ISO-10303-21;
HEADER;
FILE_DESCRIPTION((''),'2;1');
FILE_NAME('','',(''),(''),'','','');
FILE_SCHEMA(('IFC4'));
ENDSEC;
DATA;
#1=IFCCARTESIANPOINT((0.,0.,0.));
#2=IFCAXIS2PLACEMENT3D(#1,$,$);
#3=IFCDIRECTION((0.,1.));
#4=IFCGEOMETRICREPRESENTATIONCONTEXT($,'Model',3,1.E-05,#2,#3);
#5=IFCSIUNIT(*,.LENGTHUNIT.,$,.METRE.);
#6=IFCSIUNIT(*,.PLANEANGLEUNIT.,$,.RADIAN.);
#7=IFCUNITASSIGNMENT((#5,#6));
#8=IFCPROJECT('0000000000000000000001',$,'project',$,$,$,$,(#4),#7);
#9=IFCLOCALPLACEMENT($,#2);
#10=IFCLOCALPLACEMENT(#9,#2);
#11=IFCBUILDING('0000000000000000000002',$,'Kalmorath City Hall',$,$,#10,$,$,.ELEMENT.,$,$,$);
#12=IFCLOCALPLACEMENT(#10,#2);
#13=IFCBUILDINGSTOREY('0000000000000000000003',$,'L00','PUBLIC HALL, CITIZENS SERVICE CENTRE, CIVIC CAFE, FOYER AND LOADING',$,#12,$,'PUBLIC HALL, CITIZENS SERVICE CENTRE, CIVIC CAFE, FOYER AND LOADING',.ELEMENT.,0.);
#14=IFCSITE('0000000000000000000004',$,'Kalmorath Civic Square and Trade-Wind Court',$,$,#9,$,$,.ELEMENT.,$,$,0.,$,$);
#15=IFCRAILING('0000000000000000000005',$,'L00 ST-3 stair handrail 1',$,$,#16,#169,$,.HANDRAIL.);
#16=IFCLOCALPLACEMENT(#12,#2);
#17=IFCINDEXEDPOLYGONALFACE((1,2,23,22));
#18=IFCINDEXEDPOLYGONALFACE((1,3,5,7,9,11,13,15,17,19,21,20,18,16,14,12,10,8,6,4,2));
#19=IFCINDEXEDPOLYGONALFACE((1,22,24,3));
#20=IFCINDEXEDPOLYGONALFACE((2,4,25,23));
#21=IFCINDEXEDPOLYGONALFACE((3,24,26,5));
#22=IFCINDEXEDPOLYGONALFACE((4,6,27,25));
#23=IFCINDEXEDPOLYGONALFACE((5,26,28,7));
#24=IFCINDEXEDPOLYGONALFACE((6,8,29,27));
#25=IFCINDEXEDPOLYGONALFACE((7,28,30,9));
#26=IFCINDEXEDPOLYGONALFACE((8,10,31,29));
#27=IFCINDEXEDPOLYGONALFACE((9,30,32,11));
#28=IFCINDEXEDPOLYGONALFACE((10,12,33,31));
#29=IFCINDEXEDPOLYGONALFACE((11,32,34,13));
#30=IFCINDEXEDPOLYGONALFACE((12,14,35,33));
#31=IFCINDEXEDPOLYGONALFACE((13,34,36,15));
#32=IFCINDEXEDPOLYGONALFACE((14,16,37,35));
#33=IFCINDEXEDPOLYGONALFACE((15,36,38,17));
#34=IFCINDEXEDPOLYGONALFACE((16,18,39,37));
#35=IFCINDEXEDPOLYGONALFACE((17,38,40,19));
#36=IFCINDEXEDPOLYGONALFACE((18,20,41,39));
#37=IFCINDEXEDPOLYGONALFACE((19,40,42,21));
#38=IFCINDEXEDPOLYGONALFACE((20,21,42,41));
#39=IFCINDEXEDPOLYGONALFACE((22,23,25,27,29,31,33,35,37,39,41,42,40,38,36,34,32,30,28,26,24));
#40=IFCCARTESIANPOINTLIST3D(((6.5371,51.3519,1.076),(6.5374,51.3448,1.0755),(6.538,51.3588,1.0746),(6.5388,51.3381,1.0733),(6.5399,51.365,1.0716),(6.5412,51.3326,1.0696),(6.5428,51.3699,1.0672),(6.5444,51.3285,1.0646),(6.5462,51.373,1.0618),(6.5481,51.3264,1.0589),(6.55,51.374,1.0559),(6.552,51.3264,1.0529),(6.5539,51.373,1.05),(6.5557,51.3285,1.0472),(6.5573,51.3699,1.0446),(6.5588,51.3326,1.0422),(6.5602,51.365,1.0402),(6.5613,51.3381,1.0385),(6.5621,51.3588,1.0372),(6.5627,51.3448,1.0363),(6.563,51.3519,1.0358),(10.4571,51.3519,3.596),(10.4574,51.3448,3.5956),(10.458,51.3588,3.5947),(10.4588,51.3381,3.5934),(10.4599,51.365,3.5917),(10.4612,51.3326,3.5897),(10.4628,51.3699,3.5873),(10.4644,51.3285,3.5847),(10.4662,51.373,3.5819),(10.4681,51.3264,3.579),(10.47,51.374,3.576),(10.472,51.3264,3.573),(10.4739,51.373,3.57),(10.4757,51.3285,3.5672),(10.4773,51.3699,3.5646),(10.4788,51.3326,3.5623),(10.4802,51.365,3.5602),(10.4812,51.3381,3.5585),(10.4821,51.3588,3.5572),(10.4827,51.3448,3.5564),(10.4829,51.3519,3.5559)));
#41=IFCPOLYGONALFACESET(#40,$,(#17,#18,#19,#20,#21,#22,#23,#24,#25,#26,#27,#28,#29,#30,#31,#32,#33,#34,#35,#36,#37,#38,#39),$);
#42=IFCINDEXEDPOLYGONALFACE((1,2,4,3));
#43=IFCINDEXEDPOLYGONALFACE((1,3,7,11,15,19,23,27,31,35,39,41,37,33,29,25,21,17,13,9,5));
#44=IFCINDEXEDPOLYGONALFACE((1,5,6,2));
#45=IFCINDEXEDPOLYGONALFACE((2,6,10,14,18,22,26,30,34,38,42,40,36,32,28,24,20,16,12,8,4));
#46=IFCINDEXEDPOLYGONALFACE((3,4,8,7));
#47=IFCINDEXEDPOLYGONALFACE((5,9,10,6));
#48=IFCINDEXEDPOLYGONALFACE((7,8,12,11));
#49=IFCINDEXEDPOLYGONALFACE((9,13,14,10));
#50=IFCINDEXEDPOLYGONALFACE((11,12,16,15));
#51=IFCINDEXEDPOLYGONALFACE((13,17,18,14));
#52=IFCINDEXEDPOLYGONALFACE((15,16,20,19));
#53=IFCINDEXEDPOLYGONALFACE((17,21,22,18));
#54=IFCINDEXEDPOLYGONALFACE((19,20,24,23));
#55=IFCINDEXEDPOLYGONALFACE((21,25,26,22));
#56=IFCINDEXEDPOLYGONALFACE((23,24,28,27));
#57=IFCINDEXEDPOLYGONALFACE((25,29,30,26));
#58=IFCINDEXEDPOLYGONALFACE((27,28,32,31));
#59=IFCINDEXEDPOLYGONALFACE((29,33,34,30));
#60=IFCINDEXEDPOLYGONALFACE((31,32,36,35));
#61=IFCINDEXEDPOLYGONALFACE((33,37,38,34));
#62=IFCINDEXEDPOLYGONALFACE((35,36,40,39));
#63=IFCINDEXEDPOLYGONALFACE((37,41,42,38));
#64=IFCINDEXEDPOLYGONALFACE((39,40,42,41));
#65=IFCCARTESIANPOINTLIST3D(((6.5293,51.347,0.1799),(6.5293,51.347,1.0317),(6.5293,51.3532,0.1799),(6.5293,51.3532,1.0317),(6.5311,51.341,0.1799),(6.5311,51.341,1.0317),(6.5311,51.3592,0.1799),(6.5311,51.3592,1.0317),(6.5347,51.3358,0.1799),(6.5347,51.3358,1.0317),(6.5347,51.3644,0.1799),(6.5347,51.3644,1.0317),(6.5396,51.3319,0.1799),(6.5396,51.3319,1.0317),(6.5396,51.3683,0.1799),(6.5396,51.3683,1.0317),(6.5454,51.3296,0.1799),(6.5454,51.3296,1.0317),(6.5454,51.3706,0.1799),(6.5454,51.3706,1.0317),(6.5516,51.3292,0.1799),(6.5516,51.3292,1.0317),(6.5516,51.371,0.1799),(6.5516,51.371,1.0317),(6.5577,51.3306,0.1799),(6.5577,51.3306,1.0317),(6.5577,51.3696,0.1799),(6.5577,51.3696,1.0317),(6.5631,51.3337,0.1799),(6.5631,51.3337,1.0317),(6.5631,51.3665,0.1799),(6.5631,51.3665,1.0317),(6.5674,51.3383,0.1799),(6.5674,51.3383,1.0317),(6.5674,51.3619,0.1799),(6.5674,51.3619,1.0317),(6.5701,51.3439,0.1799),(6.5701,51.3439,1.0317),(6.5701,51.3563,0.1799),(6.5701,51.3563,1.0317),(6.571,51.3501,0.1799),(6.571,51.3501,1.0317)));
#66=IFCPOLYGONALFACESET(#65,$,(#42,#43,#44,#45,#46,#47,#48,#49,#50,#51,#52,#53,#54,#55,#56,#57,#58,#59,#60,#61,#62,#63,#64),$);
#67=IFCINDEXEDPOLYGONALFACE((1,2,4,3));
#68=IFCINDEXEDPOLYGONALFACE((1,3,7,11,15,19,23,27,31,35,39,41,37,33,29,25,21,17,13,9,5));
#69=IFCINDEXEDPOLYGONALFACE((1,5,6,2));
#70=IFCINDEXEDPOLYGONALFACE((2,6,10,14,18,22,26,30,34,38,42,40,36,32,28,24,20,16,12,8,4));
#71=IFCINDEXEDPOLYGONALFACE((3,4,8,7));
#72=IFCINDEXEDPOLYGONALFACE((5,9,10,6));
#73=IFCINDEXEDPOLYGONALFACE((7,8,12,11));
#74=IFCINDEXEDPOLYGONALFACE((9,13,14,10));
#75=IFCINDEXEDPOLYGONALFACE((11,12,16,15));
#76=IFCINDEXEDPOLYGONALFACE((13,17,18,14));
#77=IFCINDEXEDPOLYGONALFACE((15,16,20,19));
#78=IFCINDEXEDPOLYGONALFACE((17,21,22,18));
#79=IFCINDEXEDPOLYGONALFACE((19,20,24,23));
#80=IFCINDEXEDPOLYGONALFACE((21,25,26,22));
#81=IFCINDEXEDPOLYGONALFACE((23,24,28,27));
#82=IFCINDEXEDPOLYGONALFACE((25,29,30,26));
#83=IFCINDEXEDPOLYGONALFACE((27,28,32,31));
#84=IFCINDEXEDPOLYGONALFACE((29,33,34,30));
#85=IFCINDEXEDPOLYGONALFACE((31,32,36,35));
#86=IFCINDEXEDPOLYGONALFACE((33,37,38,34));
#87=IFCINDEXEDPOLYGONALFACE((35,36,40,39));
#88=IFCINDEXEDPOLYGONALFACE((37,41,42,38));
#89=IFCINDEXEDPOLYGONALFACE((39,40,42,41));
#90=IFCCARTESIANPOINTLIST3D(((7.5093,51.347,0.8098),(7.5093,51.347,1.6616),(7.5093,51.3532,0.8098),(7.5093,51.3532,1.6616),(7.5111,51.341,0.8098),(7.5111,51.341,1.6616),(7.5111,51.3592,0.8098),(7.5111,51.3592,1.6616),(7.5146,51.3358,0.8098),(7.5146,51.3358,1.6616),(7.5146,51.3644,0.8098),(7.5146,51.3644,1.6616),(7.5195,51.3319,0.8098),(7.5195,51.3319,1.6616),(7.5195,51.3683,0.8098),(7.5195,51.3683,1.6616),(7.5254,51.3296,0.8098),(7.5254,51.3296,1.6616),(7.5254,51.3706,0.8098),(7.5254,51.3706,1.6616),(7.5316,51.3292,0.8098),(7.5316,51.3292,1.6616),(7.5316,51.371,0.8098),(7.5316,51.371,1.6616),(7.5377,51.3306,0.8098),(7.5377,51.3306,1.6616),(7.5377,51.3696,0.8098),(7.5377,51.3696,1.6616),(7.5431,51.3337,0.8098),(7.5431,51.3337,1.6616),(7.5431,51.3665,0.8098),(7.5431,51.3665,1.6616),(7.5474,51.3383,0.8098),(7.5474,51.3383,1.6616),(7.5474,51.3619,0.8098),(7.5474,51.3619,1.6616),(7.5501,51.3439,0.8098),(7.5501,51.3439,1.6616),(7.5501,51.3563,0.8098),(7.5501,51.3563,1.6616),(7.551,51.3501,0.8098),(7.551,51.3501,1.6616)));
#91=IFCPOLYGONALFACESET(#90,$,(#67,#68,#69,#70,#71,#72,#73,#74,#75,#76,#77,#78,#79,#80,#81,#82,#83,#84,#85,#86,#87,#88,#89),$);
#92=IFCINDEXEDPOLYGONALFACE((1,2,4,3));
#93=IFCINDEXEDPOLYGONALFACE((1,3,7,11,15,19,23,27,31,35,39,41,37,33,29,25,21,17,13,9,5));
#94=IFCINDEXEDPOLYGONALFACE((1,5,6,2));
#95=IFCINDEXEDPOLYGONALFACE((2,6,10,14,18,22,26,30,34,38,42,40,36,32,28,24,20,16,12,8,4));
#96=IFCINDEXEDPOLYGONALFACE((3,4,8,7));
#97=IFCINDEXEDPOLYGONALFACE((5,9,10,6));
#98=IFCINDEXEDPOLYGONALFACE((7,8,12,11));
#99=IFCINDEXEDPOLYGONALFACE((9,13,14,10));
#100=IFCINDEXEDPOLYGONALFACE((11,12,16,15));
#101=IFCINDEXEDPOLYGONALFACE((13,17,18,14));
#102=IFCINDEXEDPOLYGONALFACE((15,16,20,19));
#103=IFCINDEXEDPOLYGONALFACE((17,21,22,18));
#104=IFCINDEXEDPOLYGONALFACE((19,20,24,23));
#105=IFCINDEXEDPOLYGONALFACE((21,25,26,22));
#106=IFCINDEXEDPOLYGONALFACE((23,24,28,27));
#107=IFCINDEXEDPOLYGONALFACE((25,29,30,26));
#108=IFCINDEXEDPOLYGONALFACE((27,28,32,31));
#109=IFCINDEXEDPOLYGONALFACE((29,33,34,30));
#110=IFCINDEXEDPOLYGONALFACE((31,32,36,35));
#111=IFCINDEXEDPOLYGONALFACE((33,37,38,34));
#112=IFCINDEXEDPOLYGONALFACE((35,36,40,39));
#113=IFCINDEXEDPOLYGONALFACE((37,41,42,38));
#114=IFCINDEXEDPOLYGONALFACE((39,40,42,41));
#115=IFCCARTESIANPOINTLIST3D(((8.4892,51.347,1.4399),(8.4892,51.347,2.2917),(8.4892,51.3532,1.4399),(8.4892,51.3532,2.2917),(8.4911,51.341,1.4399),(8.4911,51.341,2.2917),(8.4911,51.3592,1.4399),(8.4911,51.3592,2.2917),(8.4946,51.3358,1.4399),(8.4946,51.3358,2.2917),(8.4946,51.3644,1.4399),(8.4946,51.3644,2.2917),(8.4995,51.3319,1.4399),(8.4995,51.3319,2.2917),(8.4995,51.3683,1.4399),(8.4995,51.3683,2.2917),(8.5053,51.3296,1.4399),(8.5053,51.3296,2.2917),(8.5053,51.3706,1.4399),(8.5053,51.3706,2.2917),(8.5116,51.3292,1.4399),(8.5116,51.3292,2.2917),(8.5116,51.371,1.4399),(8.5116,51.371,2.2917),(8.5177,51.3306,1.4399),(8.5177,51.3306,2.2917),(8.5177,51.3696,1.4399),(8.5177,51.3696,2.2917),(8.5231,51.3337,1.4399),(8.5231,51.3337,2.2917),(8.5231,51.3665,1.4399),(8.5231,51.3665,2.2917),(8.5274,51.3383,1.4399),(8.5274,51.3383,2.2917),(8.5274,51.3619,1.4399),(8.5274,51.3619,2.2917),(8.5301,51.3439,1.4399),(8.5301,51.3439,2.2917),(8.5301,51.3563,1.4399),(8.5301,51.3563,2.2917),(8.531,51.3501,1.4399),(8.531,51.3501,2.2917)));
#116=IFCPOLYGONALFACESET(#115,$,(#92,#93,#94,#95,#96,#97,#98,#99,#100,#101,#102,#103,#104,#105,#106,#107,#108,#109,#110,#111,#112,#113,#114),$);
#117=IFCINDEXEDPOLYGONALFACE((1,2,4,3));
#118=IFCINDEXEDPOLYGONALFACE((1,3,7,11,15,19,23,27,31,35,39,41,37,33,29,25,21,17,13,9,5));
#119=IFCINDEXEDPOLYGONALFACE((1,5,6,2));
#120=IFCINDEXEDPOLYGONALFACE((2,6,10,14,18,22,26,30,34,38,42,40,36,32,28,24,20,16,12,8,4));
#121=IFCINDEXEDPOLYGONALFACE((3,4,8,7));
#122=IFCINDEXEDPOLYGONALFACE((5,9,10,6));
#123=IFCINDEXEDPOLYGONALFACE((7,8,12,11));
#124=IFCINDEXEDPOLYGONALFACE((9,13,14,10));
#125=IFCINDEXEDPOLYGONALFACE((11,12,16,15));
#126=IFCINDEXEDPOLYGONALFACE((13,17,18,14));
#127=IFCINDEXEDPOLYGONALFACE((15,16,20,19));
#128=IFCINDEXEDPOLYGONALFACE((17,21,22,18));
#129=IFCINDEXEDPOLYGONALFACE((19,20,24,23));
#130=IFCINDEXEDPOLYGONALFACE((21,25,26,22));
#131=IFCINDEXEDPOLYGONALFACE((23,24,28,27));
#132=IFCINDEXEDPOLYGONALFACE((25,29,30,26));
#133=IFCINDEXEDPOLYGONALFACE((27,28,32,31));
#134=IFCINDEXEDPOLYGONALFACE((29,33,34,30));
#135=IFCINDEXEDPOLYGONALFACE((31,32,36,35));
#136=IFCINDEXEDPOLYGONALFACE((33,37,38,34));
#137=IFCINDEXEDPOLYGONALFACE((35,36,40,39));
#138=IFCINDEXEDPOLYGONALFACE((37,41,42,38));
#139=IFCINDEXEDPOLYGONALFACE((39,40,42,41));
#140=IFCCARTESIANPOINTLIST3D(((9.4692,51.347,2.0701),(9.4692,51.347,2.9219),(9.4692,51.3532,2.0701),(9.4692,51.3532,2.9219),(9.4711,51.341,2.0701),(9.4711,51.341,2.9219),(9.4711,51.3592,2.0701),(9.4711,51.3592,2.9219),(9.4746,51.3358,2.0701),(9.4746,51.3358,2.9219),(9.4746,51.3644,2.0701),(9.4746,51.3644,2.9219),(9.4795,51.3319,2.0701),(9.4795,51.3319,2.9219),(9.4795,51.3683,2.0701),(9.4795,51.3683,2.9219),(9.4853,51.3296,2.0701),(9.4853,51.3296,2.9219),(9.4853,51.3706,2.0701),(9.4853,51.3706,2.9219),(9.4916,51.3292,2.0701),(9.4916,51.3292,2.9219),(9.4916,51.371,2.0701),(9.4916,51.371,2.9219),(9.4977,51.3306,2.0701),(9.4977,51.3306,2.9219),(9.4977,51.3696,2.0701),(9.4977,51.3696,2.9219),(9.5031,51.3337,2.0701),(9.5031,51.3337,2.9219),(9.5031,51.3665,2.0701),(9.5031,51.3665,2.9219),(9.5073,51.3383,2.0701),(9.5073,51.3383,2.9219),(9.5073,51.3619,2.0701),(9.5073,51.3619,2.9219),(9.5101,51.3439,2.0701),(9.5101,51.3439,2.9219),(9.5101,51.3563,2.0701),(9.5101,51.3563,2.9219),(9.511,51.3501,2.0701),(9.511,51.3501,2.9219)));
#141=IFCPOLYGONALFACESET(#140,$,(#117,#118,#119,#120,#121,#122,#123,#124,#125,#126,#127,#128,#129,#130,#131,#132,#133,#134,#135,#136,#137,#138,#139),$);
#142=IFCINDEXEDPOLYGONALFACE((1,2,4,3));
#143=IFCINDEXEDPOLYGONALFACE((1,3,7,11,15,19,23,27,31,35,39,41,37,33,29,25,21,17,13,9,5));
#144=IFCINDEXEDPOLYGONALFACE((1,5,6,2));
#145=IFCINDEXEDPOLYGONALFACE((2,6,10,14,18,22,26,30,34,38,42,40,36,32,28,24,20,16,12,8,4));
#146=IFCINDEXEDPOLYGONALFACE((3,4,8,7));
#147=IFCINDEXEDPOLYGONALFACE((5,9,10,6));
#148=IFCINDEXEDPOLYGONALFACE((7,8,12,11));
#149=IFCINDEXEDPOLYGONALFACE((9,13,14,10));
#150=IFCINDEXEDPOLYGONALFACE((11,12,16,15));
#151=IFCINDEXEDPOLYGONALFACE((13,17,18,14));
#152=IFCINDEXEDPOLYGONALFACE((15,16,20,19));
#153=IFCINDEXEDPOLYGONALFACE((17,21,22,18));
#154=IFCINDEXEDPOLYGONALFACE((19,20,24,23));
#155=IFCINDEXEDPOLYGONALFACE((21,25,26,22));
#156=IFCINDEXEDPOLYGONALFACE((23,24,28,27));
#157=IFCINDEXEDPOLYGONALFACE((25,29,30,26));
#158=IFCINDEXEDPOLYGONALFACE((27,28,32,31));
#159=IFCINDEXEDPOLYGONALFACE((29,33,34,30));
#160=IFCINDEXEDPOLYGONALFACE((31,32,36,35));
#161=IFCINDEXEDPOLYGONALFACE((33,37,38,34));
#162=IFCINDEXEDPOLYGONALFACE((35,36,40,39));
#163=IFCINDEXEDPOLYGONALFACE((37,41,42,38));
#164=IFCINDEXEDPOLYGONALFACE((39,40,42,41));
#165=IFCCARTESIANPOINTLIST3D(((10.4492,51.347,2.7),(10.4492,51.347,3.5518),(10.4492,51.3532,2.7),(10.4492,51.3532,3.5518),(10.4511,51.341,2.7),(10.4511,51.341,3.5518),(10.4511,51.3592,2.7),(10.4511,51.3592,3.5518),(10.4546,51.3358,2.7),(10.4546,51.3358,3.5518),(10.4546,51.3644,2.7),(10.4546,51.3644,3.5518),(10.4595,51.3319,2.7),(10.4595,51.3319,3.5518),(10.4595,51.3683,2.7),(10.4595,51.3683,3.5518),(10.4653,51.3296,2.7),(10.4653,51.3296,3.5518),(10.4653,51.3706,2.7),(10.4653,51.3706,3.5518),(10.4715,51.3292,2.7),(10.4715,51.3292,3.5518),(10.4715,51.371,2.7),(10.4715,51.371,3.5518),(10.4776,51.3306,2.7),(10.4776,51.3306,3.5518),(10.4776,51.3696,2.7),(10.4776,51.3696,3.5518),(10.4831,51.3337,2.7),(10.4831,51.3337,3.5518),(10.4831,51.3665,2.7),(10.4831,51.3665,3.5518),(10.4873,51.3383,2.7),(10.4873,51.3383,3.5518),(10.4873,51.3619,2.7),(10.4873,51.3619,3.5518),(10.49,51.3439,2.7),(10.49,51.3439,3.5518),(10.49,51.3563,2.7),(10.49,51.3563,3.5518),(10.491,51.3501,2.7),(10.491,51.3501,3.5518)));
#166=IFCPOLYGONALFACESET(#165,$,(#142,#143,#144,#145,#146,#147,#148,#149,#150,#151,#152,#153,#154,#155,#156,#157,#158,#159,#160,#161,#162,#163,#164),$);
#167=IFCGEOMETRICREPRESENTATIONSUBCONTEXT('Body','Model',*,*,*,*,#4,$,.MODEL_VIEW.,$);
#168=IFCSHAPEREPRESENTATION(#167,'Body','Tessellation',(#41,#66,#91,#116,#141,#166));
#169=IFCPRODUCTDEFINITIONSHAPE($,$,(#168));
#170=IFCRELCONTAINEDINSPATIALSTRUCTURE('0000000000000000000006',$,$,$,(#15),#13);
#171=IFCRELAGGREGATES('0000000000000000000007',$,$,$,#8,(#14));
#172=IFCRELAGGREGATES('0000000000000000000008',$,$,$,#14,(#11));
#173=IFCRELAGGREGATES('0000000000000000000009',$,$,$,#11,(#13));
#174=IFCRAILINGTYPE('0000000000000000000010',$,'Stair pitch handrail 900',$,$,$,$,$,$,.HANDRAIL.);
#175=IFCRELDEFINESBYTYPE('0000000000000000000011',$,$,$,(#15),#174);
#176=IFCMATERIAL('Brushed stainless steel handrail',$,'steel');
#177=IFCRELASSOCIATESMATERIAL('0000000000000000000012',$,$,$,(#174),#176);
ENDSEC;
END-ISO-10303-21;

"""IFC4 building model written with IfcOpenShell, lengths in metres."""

from ifc_helpers import new_model, si_unit, direction, frame, origin, origin_2d, place, context, subcontext, project, spatial, circle, extrude, material, type_object, element, save


model = new_model("IFC4")

# Units and contexts
model_context = context("Model", 3, precision=1e-05, world=origin(), true_north=direction((0.0, 1.0)))
body_context = subcontext(model_context, "Body", "Model", "MODEL_VIEW")
ifc_project = project(units=[si_unit("LENGTHUNIT", "METRE"), si_unit("PLANEANGLEUNIT", "RADIAN")], contexts=[model_context])

# Site, building, storey
site_placement = place(None, origin())
site = spatial("IfcSite", under=ifc_project, at=site_placement, Name="Kalmorath Civic Square and Trade-Wind Court", CompositionType="ELEMENT", RefElevation=0.0)
building_placement = place(site_placement, origin())
building = spatial("IfcBuilding", under=site, at=building_placement, Name="Kalmorath City Hall", CompositionType="ELEMENT")
storey_placement = place(building_placement, origin())
storey = spatial("IfcBuildingStorey", under=building, at=storey_placement, Name="L00", Description="PUBLIC HALL, CITIZENS SERVICE CENTRE, CIVIC CAFE, FOYER AND LOADING", LongName="PUBLIC HALL, CITIZENS SERVICE CENTRE, CIVIC CAFE, FOYER AND LOADING", CompositionType="ELEMENT", Elevation=0.0)

# Railing
ifc_material_1 = material(Name="Brushed stainless steel handrail", Category="steel")
railing_type_1 = type_object("IfcRailingType", Name="Stair pitch handrail 900", PredefinedType="HANDRAIL", material=ifc_material_1)
railing_1_placement = place(storey_placement, frame((6.55, 51.3501, 0.1799)))
element("IfcRailing", 1, at=railing_1_placement, inside=storey, type_object=railing_type_1, Name="L00 ST-3 stair handrail 1", PredefinedType="HANDRAIL", context=body_context, shape_type="SweptSolid", body=[
    extrude(circle(Radius=0.0239, at=origin_2d()), frame((0.0, 0.0, 0.876), z_axis=(0.841172, 0.0, 0.540768), x_axis=(0.0, 1.0, 0.0)), (0.0, 0.0, 1.0), 4.6602),
    extrude(circle(Radius=0.021, at=origin_2d()), origin(), (0.0, 0.0, 1.0), 0.8518),
    extrude(circle(Radius=0.021, at=origin_2d()), frame((0.98, 0.0, 0.6299)), (0.0, 0.0, 1.0), 0.8518),
    extrude(circle(Radius=0.021, at=origin_2d()), frame((1.96, 0.0, 1.26)), (0.0, 0.0, 1.0), 0.8518),
    extrude(circle(Radius=0.021, at=origin_2d()), frame((2.9399, 0.0, 1.8901)), (0.0, 0.0, 1.0), 0.8518),
    extrude(circle(Radius=0.021, at=origin_2d()), frame((3.9199, 0.0, 2.52)), (0.0, 0.0, 1.0), 0.8518),
])

save(model, "model.ifc")
